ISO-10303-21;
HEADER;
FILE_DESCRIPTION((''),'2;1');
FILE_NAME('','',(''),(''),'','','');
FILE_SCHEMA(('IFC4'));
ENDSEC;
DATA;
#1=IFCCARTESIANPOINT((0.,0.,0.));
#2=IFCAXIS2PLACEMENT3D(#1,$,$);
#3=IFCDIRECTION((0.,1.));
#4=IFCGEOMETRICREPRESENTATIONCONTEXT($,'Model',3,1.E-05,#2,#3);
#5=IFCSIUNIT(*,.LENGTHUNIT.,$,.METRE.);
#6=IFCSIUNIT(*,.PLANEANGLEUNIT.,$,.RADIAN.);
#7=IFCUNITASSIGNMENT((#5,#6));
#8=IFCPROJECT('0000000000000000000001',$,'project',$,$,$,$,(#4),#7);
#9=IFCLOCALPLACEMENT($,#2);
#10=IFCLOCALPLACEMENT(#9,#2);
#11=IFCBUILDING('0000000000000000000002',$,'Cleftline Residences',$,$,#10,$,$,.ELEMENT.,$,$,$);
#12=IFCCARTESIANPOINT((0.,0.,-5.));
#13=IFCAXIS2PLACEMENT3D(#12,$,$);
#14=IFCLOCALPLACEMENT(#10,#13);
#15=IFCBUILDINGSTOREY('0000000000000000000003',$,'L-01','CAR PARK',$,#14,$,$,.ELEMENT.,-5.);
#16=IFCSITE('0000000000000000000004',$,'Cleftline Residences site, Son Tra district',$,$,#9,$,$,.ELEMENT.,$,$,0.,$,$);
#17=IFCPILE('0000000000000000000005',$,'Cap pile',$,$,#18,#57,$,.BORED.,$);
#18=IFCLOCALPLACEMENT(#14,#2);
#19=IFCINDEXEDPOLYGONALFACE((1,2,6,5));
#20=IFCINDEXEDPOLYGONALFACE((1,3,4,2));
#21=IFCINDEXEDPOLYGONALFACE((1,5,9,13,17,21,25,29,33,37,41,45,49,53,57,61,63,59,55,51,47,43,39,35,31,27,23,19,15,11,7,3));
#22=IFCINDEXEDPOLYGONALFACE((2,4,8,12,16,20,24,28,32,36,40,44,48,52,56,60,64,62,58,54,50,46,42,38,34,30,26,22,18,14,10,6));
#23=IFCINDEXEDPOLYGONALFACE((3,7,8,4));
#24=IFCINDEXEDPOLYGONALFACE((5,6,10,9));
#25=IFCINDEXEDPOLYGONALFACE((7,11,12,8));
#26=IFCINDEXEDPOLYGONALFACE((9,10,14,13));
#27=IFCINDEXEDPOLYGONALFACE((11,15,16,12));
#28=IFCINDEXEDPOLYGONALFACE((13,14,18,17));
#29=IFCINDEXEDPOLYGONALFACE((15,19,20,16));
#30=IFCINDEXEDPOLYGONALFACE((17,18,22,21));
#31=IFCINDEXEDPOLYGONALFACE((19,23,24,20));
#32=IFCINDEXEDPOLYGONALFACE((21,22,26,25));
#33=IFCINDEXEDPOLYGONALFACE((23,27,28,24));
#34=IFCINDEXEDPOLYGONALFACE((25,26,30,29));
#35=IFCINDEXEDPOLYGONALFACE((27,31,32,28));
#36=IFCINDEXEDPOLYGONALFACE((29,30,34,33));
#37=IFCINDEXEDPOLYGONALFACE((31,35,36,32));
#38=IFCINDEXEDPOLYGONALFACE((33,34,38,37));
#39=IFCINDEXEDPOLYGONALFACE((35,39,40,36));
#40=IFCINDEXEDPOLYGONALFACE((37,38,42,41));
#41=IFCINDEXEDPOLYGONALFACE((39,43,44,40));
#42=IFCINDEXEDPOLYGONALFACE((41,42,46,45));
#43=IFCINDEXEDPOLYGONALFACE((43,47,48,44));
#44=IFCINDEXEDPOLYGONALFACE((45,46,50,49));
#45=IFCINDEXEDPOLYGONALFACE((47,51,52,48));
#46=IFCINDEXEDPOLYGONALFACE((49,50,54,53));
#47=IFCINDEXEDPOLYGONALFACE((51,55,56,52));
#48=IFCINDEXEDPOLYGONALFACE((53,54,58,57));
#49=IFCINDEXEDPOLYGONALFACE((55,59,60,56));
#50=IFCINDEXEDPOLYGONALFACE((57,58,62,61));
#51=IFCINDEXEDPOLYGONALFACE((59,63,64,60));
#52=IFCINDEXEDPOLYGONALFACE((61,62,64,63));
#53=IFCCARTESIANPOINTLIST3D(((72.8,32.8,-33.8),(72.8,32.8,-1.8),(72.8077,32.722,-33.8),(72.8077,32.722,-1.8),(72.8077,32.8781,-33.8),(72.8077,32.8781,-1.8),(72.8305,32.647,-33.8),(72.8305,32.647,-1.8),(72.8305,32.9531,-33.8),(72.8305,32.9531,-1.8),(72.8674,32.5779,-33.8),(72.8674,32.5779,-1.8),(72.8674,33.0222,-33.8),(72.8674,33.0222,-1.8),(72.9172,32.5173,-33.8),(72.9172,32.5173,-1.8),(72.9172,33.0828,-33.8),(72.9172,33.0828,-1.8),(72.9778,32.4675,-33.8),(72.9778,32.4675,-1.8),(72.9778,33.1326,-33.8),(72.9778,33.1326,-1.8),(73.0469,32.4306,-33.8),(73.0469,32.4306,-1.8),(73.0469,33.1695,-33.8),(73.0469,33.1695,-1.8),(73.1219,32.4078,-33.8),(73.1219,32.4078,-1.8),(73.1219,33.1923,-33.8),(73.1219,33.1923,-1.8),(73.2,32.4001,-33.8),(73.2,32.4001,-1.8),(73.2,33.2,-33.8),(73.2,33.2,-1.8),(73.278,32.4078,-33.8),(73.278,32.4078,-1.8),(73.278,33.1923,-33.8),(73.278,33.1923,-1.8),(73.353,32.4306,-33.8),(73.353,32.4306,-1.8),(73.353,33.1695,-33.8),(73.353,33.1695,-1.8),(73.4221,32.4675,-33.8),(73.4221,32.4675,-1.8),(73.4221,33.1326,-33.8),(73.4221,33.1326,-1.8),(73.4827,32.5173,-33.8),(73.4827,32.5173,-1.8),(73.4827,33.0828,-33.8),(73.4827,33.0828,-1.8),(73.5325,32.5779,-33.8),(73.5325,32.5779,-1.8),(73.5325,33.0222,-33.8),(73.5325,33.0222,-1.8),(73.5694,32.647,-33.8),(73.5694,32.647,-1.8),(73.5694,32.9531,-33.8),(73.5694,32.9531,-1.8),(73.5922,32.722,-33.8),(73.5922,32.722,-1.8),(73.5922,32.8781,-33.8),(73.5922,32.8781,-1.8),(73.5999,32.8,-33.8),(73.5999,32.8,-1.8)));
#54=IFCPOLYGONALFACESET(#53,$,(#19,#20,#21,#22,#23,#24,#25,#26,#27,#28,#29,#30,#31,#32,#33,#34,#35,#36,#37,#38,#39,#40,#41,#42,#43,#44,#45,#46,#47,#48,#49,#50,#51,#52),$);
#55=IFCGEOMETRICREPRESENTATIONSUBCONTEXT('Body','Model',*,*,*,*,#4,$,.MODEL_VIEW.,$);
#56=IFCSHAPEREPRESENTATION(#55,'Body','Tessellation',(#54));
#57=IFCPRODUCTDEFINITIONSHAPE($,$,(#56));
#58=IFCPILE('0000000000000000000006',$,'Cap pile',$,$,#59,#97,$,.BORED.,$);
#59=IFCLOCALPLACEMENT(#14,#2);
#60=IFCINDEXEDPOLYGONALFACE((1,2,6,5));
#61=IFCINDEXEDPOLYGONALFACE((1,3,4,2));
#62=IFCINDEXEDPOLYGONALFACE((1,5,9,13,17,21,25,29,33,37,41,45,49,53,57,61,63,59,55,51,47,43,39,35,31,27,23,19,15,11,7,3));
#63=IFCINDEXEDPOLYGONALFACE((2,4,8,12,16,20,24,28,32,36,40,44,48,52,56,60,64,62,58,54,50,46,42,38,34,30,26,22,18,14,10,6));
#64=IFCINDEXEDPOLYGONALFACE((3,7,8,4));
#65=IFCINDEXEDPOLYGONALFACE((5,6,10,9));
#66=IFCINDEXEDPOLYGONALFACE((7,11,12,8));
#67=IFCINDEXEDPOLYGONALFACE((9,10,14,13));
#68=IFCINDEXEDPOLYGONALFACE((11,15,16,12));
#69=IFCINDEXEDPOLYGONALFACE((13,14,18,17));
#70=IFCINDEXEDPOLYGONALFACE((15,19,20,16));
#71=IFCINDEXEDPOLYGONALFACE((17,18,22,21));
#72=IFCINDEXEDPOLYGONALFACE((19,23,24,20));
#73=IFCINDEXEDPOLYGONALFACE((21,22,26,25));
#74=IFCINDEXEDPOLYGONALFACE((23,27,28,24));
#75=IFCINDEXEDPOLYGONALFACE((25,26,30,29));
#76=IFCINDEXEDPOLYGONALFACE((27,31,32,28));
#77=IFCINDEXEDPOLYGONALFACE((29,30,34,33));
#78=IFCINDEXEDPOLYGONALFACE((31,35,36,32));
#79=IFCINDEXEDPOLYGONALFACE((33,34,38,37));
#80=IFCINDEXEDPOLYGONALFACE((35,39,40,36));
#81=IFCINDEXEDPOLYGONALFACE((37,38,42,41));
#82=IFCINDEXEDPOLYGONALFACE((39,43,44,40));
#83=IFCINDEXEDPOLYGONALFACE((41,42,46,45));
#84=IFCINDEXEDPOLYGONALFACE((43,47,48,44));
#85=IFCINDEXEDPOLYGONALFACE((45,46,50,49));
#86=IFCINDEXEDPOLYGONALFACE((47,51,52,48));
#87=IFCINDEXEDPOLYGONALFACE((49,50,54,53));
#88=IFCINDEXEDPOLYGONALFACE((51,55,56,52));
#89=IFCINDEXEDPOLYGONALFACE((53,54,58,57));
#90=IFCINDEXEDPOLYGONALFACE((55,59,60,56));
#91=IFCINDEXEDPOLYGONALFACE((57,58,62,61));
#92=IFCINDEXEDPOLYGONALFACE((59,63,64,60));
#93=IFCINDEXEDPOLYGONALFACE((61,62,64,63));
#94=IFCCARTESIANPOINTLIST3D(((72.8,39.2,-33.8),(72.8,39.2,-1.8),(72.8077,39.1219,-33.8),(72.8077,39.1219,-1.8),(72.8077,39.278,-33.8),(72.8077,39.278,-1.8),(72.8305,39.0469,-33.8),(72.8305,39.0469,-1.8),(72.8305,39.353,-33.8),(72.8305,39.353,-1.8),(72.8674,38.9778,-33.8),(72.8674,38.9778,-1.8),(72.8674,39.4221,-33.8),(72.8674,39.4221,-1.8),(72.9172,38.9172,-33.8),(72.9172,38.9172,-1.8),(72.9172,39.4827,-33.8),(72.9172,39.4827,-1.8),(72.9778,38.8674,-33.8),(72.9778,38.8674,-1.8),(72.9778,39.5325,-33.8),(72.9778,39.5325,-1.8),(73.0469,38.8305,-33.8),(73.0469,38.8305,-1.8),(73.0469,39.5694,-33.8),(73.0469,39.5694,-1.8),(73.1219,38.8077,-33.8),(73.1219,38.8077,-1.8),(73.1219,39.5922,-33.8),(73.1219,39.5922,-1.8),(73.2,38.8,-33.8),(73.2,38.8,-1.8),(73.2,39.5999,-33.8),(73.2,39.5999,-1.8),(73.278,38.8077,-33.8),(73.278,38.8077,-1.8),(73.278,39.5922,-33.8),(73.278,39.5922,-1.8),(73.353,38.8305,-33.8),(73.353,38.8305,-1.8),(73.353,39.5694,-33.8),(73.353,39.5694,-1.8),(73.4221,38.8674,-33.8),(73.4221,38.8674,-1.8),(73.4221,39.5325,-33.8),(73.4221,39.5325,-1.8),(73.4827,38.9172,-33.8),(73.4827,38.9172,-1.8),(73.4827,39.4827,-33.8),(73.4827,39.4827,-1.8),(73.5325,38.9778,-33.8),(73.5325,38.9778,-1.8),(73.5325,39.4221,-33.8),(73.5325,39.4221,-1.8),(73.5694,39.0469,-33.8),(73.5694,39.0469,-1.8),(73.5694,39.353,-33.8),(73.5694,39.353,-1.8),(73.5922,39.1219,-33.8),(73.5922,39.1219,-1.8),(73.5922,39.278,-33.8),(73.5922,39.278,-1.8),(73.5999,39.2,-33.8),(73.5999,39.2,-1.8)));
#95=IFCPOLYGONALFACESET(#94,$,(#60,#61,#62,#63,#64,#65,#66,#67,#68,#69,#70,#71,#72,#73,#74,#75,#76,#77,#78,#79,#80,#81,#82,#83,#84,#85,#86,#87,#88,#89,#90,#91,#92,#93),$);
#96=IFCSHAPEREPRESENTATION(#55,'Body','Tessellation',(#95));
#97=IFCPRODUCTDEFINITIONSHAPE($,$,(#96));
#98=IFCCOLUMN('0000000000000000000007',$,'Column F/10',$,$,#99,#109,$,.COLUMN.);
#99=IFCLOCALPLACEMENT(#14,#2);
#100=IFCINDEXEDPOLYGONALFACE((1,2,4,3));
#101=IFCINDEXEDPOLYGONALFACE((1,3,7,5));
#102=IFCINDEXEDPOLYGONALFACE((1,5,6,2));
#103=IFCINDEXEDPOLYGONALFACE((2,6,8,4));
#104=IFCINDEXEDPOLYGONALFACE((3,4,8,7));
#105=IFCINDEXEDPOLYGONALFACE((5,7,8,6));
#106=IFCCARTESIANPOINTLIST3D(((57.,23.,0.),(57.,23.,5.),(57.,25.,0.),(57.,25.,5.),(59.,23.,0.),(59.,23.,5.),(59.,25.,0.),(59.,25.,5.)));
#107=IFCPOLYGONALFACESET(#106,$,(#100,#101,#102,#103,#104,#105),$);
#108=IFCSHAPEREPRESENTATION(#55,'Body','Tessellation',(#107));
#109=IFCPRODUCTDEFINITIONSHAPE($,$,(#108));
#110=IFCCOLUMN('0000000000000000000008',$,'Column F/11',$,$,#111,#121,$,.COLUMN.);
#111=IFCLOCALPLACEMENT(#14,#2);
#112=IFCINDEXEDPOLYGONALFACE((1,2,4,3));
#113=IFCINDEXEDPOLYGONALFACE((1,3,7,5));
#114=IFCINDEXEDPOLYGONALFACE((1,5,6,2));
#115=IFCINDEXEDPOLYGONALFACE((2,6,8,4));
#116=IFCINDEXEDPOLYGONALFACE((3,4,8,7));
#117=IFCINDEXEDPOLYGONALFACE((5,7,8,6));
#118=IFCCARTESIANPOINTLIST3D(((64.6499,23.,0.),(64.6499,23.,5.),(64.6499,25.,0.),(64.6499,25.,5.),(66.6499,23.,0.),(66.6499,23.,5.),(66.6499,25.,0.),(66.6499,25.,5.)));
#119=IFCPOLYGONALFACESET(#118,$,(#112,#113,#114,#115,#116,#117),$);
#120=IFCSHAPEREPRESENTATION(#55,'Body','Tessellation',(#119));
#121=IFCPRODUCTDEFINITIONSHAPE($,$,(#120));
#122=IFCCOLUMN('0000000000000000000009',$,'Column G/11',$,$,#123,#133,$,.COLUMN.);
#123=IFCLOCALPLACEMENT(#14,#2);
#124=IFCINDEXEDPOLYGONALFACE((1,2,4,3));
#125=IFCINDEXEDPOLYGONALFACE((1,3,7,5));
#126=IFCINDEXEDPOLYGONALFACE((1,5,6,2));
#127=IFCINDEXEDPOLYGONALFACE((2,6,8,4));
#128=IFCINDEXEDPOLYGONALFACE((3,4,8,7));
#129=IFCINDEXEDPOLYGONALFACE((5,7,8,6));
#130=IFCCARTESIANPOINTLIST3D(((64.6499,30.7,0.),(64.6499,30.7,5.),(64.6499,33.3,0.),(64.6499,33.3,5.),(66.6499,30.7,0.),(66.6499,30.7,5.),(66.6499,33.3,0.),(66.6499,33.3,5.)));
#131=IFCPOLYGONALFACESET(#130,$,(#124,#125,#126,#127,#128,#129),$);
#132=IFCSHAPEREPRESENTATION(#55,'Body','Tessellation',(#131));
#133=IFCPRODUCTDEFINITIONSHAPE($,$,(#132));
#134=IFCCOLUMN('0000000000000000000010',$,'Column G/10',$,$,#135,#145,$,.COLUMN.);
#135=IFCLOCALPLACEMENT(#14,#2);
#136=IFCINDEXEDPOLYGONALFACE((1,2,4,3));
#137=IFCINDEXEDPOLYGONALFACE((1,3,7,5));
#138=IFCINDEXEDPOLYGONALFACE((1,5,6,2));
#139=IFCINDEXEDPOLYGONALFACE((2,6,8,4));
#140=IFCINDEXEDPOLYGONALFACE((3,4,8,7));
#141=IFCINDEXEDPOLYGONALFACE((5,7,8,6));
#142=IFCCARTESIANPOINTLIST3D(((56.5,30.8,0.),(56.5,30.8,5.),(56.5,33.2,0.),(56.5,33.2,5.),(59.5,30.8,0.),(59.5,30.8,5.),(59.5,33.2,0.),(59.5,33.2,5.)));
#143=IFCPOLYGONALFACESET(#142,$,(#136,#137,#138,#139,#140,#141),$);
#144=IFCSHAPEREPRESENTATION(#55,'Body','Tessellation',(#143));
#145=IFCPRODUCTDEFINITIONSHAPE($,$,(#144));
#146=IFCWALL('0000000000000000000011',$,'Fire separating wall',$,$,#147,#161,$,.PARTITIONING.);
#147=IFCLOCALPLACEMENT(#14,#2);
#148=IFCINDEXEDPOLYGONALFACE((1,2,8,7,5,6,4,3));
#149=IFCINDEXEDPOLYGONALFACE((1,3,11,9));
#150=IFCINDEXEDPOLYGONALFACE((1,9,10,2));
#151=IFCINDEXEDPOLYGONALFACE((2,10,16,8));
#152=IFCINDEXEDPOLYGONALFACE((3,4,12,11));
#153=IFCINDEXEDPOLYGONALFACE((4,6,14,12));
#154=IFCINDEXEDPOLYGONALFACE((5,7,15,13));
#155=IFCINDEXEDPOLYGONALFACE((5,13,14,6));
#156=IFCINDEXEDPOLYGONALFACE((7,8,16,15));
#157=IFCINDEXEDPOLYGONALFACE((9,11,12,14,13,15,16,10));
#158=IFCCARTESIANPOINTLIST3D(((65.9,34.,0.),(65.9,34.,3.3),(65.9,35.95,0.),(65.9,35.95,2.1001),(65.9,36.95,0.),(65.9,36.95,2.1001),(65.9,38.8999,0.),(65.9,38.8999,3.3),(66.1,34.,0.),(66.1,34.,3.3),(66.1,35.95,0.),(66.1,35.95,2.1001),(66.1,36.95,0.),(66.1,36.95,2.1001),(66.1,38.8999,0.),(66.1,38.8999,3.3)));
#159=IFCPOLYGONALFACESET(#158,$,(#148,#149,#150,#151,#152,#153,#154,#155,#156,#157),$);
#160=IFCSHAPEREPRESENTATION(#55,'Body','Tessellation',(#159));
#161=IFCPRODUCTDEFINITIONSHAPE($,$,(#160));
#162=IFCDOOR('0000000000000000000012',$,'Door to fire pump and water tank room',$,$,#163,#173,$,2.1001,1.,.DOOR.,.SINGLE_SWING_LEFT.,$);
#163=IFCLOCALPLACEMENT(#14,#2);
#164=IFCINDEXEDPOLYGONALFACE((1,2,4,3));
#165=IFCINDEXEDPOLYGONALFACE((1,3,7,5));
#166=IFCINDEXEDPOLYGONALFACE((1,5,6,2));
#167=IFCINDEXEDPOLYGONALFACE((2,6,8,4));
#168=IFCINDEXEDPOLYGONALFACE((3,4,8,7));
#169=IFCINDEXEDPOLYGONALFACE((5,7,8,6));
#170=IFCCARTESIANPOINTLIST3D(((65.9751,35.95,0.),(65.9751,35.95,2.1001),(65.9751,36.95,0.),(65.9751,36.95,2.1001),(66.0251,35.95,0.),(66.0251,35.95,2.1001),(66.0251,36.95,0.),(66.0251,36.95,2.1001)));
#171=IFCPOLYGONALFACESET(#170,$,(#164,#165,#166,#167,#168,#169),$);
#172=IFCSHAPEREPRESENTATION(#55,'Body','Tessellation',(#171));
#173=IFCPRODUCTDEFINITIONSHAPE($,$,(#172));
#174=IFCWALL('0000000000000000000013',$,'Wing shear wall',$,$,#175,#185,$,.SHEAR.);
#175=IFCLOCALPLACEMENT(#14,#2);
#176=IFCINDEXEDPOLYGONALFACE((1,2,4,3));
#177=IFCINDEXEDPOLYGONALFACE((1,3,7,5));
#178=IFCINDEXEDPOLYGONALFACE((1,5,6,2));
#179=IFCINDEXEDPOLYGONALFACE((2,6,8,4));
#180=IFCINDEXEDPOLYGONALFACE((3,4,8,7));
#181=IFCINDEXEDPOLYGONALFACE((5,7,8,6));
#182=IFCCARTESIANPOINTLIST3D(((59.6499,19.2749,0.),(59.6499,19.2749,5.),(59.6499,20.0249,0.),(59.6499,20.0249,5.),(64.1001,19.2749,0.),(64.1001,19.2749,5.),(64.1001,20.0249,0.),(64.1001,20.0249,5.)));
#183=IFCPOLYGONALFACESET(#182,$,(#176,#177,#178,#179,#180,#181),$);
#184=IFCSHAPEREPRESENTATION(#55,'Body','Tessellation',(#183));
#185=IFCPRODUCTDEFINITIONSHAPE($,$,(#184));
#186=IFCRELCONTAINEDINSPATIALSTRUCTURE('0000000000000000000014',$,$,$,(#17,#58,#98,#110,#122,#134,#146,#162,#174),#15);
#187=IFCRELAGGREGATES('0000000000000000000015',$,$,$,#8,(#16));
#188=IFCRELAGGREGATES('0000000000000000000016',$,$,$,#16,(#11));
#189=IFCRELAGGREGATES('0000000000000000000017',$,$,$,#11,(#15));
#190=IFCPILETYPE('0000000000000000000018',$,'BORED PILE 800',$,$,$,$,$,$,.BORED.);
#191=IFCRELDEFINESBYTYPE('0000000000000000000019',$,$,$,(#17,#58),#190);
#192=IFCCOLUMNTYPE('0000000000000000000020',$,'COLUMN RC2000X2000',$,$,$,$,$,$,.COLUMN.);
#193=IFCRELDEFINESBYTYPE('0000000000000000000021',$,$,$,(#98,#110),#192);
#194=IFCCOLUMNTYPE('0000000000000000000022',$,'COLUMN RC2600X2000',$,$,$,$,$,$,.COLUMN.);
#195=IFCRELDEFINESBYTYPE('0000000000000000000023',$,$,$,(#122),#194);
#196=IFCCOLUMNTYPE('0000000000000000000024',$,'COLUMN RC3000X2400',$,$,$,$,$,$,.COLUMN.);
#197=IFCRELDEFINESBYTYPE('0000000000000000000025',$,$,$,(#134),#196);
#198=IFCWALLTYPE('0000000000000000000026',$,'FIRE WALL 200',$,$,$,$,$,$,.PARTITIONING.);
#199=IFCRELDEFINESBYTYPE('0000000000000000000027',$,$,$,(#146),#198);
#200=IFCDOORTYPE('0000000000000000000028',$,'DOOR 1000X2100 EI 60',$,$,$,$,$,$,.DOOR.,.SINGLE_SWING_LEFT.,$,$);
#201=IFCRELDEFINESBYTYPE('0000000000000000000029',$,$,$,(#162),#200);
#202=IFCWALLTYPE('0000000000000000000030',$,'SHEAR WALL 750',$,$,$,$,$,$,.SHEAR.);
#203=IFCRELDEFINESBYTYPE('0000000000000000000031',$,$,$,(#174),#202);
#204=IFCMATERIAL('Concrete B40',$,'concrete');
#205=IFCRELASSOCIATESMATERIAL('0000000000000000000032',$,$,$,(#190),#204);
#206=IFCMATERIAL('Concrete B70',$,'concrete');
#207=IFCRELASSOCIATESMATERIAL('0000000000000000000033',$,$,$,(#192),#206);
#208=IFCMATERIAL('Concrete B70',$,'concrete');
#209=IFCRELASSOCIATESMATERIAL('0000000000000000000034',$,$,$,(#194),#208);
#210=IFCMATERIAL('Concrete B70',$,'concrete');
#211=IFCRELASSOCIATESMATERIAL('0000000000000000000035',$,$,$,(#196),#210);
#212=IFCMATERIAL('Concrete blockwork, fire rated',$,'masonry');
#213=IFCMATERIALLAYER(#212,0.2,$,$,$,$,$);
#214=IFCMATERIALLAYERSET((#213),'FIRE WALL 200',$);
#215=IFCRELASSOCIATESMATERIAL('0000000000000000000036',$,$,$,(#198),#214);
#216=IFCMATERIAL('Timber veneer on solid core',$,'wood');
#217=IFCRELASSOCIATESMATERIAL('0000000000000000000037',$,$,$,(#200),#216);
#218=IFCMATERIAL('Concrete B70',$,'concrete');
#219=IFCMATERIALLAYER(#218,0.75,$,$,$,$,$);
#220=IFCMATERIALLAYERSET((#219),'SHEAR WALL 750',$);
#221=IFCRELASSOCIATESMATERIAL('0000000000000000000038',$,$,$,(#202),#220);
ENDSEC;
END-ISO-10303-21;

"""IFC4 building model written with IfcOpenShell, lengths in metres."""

from ifc_helpers import new_model, si_unit, direction, frame, frame_2d, origin, origin_2d, place, context, subcontext, project, spatial, rectangle, circle, extrude, material, layer, layer_set, material_profile, profile_set, type_object, element, fill, save


model = new_model("IFC4")

# Units and contexts
model_context = context("Model", 3, precision=1e-05, world=origin(), true_north=direction((0.0, 1.0)))
body_context = subcontext(model_context, "Body", "Model", "MODEL_VIEW")
ifc_project = project(units=[si_unit("LENGTHUNIT", "METRE"), si_unit("PLANEANGLEUNIT", "RADIAN")], contexts=[model_context])

# Site, building, storey
site_placement = place(None, origin())
site = spatial("IfcSite", under=ifc_project, at=site_placement, Name="Cleftline Residences site, Son Tra district", CompositionType="ELEMENT", RefElevation=0.0)
building_placement = place(site_placement, origin())
building = spatial("IfcBuilding", under=site, at=building_placement, Name="Cleftline Residences", CompositionType="ELEMENT")
storey_placement = place(building_placement, frame((0.0, 0.0, -5.0)))
storey = spatial("IfcBuildingStorey", under=building, at=storey_placement, Name="L-01", Description="CAR PARK", CompositionType="ELEMENT", Elevation=-5.0)

# Piles
ifc_material_1 = material(Name="Concrete B40", Category="concrete")
ifc_material_profile_1 = material_profile(ifc_material_1, circle(Radius=0.3999, at=origin_2d()))
ifc_profile_set_1 = profile_set([ifc_material_profile_1], Name="Concrete B40")
pile_type_1 = type_object("IfcPileType", Name="BORED PILE 800", PredefinedType="BORED", material=ifc_profile_set_1)
for number, where, z_axis, x_axis, name in (
    (1, (73.2, 32.8, -1.8), (0.0, 0.0, -1.0), (1.0, 0.0, 0.0), "Cap pile"),
    (2, (73.2, 39.2, -1.8), (0.0, 0.0, -1.0), (1.0, 0.0, 0.0), "Cap pile"),
):
    element("IfcPile", number, at=place(storey_placement, frame(where, z_axis=z_axis, x_axis=x_axis)), inside=storey, type_object=pile_type_1, Name=name, PredefinedType="BORED", context=body_context, shape_type="SweptSolid", body=[
        extrude(circle(Radius=0.3999, at=origin_2d()), origin(), (0.0, 0.0, 1.0), 32.0),
    ])

# Columns
ifc_material_2 = material(Name="Concrete B70", Category="concrete")
ifc_material_profile_2 = material_profile(ifc_material_2, rectangle(XDim=2.0, YDim=2.0, at=origin_2d()))
ifc_profile_set_2 = profile_set([ifc_material_profile_2], Name="Concrete B70")
column_type_1 = type_object("IfcColumnType", Name="COLUMN RC2000X2000", PredefinedType="COLUMN", material=ifc_profile_set_2)
for number, where, z_axis, x_axis, name in (
    (3, (58.0, 24.0, 0.0), (0.0, 0.0, 1.0), (1.0, 0.0, 0.0), "Column F/10"),
    (4, (65.6499, 24.0, 0.0), (0.0, 0.0, 1.0), (1.0, 0.0, 0.0), "Column F/11"),
):
    element("IfcColumn", number, at=place(storey_placement, frame(where, z_axis=z_axis, x_axis=x_axis)), inside=storey, type_object=column_type_1, Name=name, PredefinedType="COLUMN", context=body_context, shape_type="SweptSolid", body=[
        extrude(rectangle(XDim=2.0, YDim=2.0, at=origin_2d()), origin(), (0.0, 0.0, 1.0), 5.0),
    ])
ifc_material_3 = material(Name="Concrete B70", Category="concrete")
ifc_material_profile_3 = material_profile(ifc_material_3, rectangle(XDim=2.6001, YDim=2.0, at=origin_2d()))
ifc_profile_set_3 = profile_set([ifc_material_profile_3], Name="Concrete B70")
column_type_2 = type_object("IfcColumnType", Name="COLUMN RC2600X2000", PredefinedType="COLUMN", material=ifc_profile_set_3)
column_1_placement = place(storey_placement, frame((65.6499, 32.0, 0.0), z_axis=(0.0, 0.0, 1.0), x_axis=(0.0, 1.0, 0.0)))
element("IfcColumn", 5, at=column_1_placement, inside=storey, type_object=column_type_2, Name="Column G/11", PredefinedType="COLUMN", context=body_context, shape_type="SweptSolid", body=[
    extrude(rectangle(XDim=2.6001, YDim=2.0, at=origin_2d()), origin(), (0.0, 0.0, 1.0), 5.0),
])
ifc_material_4 = material(Name="Concrete B70", Category="concrete")
ifc_material_profile_4 = material_profile(ifc_material_4, rectangle(XDim=3.0, YDim=2.3999, at=origin_2d()))
ifc_profile_set_4 = profile_set([ifc_material_profile_4], Name="Concrete B70")
column_type_3 = type_object("IfcColumnType", Name="COLUMN RC3000X2400", PredefinedType="COLUMN", material=ifc_profile_set_4)
column_2_placement = place(storey_placement, frame((58.0, 32.0, 0.0), z_axis=(0.0, 0.0, 1.0), x_axis=(1.0, 0.0, 0.0)))
element("IfcColumn", 6, at=column_2_placement, inside=storey, type_object=column_type_3, Name="Column G/10", PredefinedType="COLUMN", context=body_context, shape_type="SweptSolid", body=[
    extrude(rectangle(XDim=3.0, YDim=2.3999, at=origin_2d()), origin(), (0.0, 0.0, 1.0), 5.0),
])

# Wall, opening, door
ifc_material_5 = material(Name="Concrete blockwork, fire rated", Category="masonry")
ifc_layer_1 = layer(ifc_material_5, 0.2)
ifc_layer_set_1 = layer_set([ifc_layer_1], Name="FIRE WALL 200")
wall_type_1 = type_object("IfcWallType", Name="FIRE WALL 200", PredefinedType="PARTITIONING", material=ifc_layer_set_1)
wall_1_placement = place(storey_placement, frame((66.0, 34.0, 0.0), z_axis=(0.0, 0.0, 1.0), x_axis=(0.0, 1.0, 0.0)))
wall_1 = element("IfcWall", 7, at=wall_1_placement, inside=storey, type_object=wall_type_1, Name="Fire separating wall", PredefinedType="PARTITIONING", context=body_context, shape_type="SweptSolid", body=[
    extrude(rectangle(XDim=4.8999, YDim=0.2, at=frame_2d((2.45, 0.0))), origin(), (0.0, 0.0, 1.0), 3.3),
])
opening_1_placement = place(wall_1_placement, frame((1.95, 0.0, 0.0)))
opening_1 = element("IfcOpeningElement", 8, at=opening_1_placement, cuts=wall_1, PredefinedType="OPENING", context=body_context, shape_type="SweptSolid", body=[
    extrude(rectangle(XDim=1.0, YDim=2.1001, at=frame_2d((0.5, 1.05))), frame((0.0, 0.1099, 0.0), z_axis=(0.0, -1.0, 0.0), x_axis=(1.0, 0.0, 0.0)), (0.0, 0.0, 1.0), 0.22),
])
ifc_material_6 = material(Name="Timber veneer on solid core", Category="wood")
door_type_1 = type_object("IfcDoorType", Name="DOOR 1000X2100 EI 60", OperationType="SINGLE_SWING_LEFT", PredefinedType="DOOR", material=ifc_material_6)
door_1_placement = place(opening_1_placement, origin())
door_1 = element("IfcDoor", 9, at=door_1_placement, inside=storey, type_object=door_type_1, Name="Door to fire pump and water tank room", OperationType="SINGLE_SWING_LEFT", OverallHeight=2.1001, OverallWidth=1.0, PredefinedType="DOOR", context=body_context, shape_type="SweptSolid", body=[
    extrude(rectangle(XDim=1.0, YDim=2.1001, at=frame_2d((0.5, 1.05))), frame((0.0, 0.0249, 0.0), z_axis=(0.0, -1.0, 0.0), x_axis=(1.0, 0.0, 0.0)), (0.0, 0.0, 1.0), 0.05),
])
fill(opening_1, door_1)

# Wall
ifc_material_7 = material(Name="Concrete B70", Category="concrete")
ifc_layer_2 = layer(ifc_material_7, 0.75)
ifc_layer_set_2 = layer_set([ifc_layer_2], Name="SHEAR WALL 750")
wall_type_2 = type_object("IfcWallType", Name="SHEAR WALL 750", PredefinedType="SHEAR", material=ifc_layer_set_2)
wall_2_placement = place(storey_placement, frame((59.6499, 19.6499, 0.0), z_axis=(0.0, 0.0, 1.0), x_axis=(1.0, 0.0, 0.0)))
element("IfcWall", 10, at=wall_2_placement, inside=storey, type_object=wall_type_2, Name="Wing shear wall", PredefinedType="SHEAR", context=body_context, shape_type="SweptSolid", body=[
    extrude(rectangle(XDim=4.4502, YDim=0.75, at=frame_2d((2.2251, 0.0))), origin(), (0.0, 0.0, 1.0), 5.0),
])

save(model, "model.ifc")
